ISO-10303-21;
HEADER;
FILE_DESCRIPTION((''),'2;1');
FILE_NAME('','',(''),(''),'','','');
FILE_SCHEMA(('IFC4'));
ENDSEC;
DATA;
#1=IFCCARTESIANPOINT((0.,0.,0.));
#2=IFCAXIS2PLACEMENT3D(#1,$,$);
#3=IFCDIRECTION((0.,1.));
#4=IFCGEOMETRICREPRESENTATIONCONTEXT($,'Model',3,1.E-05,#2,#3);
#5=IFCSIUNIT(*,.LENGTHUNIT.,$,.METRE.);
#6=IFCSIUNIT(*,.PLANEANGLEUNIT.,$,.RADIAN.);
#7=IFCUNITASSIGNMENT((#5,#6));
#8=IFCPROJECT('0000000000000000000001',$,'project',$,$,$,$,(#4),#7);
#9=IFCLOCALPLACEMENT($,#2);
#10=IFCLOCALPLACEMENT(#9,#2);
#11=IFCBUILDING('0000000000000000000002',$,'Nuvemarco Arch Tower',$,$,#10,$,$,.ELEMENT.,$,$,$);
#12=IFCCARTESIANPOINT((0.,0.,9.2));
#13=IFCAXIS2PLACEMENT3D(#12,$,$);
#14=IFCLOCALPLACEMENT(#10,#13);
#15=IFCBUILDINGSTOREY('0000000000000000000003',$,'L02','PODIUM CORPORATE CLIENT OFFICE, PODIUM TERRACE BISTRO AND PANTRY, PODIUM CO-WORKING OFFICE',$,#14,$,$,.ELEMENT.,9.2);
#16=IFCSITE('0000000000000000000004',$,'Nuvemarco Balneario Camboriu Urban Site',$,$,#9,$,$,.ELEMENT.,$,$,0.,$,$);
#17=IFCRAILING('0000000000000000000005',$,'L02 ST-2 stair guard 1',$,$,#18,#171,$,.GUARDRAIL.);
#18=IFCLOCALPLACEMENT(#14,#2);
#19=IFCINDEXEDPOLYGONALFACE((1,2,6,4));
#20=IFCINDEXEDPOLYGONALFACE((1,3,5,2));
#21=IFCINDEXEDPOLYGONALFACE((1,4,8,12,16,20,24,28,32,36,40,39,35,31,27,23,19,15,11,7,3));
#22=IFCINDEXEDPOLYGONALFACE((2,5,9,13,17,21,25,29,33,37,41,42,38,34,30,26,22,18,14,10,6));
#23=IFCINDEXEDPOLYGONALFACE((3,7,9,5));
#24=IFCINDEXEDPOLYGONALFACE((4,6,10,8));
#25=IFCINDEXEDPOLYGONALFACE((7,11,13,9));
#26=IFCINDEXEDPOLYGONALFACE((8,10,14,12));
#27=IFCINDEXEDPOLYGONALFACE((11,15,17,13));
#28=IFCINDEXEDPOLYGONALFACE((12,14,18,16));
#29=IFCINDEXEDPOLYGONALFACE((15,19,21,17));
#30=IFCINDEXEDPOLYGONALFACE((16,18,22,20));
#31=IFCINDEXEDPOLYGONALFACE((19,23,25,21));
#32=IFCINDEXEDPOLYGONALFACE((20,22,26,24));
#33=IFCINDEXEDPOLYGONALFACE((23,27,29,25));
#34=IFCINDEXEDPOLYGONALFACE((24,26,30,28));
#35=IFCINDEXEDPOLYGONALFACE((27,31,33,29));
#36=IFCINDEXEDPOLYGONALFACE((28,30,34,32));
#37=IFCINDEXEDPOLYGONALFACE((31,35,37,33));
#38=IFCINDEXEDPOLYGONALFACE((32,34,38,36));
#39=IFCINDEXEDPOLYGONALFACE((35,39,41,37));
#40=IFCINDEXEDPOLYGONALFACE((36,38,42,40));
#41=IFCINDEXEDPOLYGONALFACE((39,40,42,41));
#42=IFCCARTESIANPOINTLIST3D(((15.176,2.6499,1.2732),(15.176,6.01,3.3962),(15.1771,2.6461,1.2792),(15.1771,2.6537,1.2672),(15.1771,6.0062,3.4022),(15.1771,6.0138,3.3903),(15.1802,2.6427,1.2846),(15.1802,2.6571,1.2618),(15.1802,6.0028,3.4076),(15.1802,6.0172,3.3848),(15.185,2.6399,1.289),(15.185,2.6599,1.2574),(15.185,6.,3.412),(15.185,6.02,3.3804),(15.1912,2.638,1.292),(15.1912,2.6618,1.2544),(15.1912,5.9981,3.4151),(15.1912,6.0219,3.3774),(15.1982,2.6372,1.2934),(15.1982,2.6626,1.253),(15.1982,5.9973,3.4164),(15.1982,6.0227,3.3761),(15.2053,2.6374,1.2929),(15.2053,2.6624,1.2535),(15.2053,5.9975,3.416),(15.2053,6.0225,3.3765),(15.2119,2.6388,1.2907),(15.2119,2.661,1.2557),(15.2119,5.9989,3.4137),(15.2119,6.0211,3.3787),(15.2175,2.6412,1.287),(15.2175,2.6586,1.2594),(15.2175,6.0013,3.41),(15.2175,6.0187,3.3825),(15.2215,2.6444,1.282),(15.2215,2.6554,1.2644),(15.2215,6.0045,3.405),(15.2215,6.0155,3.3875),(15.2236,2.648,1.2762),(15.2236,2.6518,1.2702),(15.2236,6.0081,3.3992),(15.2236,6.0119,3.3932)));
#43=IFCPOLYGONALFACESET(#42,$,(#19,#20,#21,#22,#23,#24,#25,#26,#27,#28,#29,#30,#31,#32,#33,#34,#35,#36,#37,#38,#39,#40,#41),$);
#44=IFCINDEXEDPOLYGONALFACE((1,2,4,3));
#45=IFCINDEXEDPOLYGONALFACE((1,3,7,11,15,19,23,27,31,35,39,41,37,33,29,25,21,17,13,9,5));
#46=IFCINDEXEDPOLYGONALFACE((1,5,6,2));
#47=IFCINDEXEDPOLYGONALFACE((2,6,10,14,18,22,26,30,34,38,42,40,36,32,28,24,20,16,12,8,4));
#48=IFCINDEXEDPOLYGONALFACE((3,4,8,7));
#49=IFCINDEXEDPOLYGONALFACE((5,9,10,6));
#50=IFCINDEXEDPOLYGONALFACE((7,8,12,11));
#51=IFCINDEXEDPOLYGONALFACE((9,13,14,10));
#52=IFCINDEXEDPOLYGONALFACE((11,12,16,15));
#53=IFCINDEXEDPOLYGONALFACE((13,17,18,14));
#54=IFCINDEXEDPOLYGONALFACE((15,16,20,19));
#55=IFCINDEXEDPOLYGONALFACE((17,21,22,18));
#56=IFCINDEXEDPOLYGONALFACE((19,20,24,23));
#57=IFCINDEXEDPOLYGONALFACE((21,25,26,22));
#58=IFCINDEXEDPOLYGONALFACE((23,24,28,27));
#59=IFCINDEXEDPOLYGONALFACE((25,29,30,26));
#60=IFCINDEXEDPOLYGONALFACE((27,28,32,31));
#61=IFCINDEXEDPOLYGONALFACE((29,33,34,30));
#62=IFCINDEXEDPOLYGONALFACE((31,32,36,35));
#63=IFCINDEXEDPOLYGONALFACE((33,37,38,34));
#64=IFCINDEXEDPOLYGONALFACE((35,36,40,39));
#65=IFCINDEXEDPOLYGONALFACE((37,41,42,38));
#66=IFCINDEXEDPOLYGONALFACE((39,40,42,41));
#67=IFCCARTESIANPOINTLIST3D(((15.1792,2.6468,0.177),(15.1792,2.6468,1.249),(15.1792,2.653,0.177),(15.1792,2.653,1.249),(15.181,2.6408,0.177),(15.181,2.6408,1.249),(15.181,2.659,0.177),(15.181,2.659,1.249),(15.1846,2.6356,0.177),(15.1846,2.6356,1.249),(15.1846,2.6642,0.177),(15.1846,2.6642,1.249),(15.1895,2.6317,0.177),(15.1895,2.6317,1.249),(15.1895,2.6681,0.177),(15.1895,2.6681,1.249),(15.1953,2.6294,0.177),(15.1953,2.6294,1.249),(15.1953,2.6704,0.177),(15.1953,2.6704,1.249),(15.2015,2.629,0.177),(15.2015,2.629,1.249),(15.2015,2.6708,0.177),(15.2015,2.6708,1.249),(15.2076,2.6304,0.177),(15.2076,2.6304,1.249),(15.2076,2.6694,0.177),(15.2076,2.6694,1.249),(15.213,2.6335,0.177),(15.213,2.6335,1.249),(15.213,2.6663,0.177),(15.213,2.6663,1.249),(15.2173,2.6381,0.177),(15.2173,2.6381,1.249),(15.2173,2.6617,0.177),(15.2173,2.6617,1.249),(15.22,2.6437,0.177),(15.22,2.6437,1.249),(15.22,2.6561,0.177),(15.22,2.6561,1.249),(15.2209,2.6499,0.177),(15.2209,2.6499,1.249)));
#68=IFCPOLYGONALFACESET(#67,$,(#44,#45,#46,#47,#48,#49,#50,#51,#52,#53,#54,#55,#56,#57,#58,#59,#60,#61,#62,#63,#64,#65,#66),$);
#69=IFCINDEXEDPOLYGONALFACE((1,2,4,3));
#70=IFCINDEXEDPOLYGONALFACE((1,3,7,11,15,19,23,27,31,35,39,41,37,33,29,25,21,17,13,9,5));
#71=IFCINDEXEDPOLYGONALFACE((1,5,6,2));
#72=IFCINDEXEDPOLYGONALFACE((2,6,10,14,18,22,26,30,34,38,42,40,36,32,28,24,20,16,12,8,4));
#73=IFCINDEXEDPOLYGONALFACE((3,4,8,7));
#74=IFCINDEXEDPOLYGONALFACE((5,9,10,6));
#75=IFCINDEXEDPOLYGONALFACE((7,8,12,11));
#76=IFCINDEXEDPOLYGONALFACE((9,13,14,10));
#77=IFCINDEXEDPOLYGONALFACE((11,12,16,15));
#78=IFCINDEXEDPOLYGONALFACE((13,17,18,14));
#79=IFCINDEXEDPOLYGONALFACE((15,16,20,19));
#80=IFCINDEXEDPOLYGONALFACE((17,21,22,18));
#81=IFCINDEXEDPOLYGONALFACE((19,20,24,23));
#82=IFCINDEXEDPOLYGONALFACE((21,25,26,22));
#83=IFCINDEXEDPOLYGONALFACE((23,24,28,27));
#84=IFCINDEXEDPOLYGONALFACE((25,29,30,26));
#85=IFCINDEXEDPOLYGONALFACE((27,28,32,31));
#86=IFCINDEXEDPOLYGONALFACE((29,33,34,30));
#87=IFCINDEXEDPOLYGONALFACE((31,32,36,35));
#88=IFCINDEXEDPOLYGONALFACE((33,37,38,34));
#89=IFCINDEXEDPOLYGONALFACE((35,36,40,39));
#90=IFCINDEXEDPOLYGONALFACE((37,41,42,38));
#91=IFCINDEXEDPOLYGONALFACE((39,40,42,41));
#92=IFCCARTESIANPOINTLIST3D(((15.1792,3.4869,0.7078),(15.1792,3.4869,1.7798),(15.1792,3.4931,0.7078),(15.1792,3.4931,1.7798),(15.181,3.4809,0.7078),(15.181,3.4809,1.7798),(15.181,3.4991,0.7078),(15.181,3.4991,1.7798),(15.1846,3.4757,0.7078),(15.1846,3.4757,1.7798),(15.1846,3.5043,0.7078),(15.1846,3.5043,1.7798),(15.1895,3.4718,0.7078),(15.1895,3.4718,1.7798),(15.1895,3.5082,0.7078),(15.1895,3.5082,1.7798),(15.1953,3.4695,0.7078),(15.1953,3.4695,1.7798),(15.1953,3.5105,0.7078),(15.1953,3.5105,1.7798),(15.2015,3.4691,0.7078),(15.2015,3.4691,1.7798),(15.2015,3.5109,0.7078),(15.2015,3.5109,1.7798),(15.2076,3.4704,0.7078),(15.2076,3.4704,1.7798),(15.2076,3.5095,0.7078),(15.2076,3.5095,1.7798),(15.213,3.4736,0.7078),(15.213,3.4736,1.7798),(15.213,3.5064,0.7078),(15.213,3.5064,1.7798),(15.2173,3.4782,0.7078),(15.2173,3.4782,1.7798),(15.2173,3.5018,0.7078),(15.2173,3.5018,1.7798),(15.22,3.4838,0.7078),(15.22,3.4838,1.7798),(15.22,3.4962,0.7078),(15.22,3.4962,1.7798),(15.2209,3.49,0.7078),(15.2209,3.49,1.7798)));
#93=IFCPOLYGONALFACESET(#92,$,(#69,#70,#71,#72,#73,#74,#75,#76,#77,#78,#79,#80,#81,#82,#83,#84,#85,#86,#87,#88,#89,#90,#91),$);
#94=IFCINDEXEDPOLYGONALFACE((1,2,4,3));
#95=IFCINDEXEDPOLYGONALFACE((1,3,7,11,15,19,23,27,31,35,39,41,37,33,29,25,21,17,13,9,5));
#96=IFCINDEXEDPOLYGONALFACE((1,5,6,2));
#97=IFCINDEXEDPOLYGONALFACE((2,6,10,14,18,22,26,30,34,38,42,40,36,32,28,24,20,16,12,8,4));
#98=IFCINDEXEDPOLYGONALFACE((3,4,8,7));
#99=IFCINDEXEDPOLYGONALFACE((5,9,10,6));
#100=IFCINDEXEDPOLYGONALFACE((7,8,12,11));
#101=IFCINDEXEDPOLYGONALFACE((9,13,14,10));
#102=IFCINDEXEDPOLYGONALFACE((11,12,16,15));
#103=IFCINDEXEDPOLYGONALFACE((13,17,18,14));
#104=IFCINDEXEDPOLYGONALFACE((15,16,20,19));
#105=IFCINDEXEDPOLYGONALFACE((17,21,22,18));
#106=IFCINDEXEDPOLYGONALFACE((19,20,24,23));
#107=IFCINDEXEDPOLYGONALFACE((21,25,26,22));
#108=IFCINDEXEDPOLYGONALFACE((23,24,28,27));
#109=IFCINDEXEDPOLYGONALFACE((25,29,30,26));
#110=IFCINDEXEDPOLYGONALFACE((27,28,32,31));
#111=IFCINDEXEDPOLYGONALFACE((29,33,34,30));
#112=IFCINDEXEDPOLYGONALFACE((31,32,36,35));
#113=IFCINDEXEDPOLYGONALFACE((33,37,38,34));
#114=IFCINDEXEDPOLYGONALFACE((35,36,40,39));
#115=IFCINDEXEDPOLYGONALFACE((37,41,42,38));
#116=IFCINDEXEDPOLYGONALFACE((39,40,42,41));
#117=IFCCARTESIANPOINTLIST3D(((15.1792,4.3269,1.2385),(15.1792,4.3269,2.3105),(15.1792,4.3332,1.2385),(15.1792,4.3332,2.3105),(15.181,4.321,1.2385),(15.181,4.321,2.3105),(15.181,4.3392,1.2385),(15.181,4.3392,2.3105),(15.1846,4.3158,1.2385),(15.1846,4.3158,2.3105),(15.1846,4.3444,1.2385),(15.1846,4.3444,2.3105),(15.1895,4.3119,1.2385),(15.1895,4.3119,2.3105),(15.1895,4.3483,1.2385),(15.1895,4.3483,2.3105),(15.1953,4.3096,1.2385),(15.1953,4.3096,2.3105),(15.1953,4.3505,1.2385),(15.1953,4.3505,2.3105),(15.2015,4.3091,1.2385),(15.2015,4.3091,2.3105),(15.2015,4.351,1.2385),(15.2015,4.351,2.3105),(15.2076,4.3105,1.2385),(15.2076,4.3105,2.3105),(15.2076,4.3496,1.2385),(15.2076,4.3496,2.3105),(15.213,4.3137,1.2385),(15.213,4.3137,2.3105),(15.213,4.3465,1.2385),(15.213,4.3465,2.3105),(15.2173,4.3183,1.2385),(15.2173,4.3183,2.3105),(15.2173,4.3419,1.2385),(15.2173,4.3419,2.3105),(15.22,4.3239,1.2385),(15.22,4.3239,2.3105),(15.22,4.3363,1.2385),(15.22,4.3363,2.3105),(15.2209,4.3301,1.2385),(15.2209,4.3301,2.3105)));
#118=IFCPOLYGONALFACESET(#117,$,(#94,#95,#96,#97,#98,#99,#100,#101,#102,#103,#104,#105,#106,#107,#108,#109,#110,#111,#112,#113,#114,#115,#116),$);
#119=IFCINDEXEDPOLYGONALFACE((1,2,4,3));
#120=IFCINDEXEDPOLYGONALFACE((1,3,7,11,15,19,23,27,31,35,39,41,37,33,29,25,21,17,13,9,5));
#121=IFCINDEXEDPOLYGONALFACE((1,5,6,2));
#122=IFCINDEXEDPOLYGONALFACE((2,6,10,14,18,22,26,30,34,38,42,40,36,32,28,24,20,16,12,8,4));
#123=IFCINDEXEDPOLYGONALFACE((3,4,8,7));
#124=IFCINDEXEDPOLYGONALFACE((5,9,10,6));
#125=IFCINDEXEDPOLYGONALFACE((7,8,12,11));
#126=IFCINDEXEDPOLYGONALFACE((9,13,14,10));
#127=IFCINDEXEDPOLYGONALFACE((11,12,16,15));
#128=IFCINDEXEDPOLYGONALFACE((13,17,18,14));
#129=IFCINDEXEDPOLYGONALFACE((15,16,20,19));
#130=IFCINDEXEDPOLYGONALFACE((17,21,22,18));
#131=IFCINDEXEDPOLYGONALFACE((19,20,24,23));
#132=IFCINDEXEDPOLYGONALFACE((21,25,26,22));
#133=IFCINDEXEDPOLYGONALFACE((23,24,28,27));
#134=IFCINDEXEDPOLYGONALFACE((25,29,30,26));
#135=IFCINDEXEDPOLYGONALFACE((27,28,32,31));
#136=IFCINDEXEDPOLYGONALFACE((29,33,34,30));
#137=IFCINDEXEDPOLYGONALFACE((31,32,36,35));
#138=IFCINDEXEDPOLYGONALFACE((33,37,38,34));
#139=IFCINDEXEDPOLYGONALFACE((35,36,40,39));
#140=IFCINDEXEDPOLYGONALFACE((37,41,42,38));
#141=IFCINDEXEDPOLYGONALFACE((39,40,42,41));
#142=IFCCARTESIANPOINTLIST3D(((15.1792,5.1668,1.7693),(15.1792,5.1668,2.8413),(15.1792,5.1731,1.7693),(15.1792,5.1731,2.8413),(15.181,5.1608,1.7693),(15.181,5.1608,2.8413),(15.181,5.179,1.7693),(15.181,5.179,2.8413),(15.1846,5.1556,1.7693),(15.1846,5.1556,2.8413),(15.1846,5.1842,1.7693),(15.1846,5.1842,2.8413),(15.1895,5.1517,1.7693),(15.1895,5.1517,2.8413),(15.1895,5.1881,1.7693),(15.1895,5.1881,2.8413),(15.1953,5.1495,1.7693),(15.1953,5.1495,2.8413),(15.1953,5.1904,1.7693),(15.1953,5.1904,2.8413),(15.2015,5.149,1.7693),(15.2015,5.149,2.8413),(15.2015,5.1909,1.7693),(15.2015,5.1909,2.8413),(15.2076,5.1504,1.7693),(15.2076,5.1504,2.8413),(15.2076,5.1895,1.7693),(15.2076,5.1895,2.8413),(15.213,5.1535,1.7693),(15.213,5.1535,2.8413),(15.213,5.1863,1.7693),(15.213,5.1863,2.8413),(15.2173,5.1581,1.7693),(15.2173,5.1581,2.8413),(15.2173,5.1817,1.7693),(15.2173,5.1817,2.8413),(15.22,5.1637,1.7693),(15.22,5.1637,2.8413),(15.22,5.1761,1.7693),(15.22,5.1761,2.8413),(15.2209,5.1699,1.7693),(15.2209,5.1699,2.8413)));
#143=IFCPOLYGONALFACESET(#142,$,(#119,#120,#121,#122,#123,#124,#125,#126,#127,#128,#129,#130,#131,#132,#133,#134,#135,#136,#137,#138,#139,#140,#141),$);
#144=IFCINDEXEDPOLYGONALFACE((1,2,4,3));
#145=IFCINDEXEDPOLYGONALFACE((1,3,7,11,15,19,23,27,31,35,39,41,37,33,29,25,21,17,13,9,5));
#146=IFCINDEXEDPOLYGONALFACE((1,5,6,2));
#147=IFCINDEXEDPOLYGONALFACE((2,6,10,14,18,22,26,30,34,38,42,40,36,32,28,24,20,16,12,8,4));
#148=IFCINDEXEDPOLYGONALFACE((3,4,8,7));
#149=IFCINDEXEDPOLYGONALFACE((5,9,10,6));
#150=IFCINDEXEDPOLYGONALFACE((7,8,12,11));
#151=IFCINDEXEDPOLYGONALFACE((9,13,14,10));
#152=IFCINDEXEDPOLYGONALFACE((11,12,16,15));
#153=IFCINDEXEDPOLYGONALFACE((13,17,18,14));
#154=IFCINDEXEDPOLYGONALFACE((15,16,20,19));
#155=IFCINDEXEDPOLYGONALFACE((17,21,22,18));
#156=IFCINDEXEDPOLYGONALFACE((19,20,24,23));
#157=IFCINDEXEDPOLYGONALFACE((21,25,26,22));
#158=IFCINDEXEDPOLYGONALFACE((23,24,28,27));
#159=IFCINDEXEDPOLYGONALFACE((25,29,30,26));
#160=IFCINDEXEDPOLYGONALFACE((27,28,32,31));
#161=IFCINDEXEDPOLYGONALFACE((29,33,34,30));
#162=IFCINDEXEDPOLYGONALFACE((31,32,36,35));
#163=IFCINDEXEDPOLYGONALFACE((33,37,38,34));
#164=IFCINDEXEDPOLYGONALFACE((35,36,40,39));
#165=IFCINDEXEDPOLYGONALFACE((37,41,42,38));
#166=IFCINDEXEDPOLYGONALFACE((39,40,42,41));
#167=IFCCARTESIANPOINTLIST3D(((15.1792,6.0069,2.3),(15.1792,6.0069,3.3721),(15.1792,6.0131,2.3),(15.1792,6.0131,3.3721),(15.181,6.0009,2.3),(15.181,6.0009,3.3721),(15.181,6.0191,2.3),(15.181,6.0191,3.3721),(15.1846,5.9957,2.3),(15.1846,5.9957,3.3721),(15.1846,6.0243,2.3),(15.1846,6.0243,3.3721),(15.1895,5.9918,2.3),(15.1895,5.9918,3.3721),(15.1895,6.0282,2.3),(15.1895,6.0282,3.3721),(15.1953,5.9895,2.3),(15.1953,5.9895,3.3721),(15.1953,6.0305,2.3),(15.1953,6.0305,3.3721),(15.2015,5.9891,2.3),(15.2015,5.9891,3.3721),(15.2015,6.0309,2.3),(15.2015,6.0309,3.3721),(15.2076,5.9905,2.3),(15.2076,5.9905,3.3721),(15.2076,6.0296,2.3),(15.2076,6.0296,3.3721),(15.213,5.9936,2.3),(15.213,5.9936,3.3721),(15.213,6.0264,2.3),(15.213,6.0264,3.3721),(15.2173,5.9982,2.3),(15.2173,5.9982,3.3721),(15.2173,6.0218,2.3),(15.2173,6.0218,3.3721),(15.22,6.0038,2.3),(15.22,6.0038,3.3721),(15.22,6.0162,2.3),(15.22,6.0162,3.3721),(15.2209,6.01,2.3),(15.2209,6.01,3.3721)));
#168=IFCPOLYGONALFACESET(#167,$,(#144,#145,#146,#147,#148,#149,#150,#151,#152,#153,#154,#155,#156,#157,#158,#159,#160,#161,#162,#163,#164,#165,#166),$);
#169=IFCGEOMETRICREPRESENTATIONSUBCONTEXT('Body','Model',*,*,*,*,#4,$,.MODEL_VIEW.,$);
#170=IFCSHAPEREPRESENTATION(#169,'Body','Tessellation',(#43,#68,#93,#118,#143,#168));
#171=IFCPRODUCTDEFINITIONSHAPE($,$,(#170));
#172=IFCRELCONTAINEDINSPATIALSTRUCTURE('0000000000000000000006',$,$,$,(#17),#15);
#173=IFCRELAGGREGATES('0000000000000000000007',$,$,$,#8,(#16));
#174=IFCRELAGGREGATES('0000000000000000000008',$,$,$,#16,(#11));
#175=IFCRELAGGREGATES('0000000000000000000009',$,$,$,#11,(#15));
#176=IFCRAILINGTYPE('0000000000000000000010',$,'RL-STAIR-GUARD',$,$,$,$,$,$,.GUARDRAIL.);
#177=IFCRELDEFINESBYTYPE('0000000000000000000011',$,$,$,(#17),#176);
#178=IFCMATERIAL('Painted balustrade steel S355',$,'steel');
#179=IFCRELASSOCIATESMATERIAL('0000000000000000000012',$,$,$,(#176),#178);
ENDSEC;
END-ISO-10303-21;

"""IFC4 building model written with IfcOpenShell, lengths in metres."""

from ifc_helpers import new_model, si_unit, direction, frame, origin, origin_2d, place, context, subcontext, project, spatial, circle, extrude, material, type_object, element, save


model = new_model("IFC4")

# Units and contexts
model_context = context("Model", 3, precision=1e-05, world=origin(), true_north=direction((0.0, 1.0)))
body_context = subcontext(model_context, "Body", "Model", "MODEL_VIEW")
ifc_project = project(units=[si_unit("LENGTHUNIT", "METRE"), si_unit("PLANEANGLEUNIT", "RADIAN")], contexts=[model_context])

# Site, building, storey
site_placement = place(None, origin())
site = spatial("IfcSite", under=ifc_project, at=site_placement, Name="Nuvemarco Balneario Camboriu Urban Site", CompositionType="ELEMENT", RefElevation=0.0)
building_placement = place(site_placement, origin())
building = spatial("IfcBuilding", under=site, at=building_placement, Name="Nuvemarco Arch Tower", CompositionType="ELEMENT")
storey_placement = place(building_placement, frame((0.0, 0.0, 9.2)))
storey = spatial("IfcBuildingStorey", under=building, at=storey_placement, Name="L02", Description="PODIUM CORPORATE CLIENT OFFICE, PODIUM TERRACE BISTRO AND PANTRY, PODIUM CO-WORKING OFFICE", CompositionType="ELEMENT", Elevation=9.2)

# Railing
ifc_material_1 = material(Name="Painted balustrade steel S355", Category="steel")
railing_type_1 = type_object("IfcRailingType", Name="RL-STAIR-GUARD", PredefinedType="GUARDRAIL", material=ifc_material_1)
railing_1_placement = place(storey_placement, frame((15.2, 2.6499, 0.177)))
element("IfcRailing", 1, at=railing_1_placement, inside=storey, type_object=railing_type_1, Name="L02 ST-2 stair guard 1", PredefinedType="GUARDRAIL", context=body_context, shape_type="SweptSolid", body=[
    extrude(circle(Radius=0.0239, at=origin_2d()), frame((0.0, 0.0, 1.0962), z_axis=(0.0, 0.84539, 0.53415), x_axis=(-1.0, 0.0, 0.0)), (0.0, 0.0, 1.0), 3.9746),
    extrude(circle(Radius=0.021, at=origin_2d()), origin(), (0.0, 0.0, 1.0), 1.072),
    extrude(circle(Radius=0.021, at=origin_2d()), frame((0.0, 0.8401, 0.5308)), (0.0, 0.0, 1.0), 1.072),
    extrude(circle(Radius=0.021, at=origin_2d()), frame((0.0, 1.6802, 1.0615)), (0.0, 0.0, 1.0), 1.072),
    extrude(circle(Radius=0.021, at=origin_2d()), frame((0.0, 2.52, 1.5923)), (0.0, 0.0, 1.0), 1.072),
    extrude(circle(Radius=0.021, at=origin_2d()), frame((0.0, 3.3601, 2.123)), (0.0, 0.0, 1.0), 1.072),
])

save(model, "model.ifc")
